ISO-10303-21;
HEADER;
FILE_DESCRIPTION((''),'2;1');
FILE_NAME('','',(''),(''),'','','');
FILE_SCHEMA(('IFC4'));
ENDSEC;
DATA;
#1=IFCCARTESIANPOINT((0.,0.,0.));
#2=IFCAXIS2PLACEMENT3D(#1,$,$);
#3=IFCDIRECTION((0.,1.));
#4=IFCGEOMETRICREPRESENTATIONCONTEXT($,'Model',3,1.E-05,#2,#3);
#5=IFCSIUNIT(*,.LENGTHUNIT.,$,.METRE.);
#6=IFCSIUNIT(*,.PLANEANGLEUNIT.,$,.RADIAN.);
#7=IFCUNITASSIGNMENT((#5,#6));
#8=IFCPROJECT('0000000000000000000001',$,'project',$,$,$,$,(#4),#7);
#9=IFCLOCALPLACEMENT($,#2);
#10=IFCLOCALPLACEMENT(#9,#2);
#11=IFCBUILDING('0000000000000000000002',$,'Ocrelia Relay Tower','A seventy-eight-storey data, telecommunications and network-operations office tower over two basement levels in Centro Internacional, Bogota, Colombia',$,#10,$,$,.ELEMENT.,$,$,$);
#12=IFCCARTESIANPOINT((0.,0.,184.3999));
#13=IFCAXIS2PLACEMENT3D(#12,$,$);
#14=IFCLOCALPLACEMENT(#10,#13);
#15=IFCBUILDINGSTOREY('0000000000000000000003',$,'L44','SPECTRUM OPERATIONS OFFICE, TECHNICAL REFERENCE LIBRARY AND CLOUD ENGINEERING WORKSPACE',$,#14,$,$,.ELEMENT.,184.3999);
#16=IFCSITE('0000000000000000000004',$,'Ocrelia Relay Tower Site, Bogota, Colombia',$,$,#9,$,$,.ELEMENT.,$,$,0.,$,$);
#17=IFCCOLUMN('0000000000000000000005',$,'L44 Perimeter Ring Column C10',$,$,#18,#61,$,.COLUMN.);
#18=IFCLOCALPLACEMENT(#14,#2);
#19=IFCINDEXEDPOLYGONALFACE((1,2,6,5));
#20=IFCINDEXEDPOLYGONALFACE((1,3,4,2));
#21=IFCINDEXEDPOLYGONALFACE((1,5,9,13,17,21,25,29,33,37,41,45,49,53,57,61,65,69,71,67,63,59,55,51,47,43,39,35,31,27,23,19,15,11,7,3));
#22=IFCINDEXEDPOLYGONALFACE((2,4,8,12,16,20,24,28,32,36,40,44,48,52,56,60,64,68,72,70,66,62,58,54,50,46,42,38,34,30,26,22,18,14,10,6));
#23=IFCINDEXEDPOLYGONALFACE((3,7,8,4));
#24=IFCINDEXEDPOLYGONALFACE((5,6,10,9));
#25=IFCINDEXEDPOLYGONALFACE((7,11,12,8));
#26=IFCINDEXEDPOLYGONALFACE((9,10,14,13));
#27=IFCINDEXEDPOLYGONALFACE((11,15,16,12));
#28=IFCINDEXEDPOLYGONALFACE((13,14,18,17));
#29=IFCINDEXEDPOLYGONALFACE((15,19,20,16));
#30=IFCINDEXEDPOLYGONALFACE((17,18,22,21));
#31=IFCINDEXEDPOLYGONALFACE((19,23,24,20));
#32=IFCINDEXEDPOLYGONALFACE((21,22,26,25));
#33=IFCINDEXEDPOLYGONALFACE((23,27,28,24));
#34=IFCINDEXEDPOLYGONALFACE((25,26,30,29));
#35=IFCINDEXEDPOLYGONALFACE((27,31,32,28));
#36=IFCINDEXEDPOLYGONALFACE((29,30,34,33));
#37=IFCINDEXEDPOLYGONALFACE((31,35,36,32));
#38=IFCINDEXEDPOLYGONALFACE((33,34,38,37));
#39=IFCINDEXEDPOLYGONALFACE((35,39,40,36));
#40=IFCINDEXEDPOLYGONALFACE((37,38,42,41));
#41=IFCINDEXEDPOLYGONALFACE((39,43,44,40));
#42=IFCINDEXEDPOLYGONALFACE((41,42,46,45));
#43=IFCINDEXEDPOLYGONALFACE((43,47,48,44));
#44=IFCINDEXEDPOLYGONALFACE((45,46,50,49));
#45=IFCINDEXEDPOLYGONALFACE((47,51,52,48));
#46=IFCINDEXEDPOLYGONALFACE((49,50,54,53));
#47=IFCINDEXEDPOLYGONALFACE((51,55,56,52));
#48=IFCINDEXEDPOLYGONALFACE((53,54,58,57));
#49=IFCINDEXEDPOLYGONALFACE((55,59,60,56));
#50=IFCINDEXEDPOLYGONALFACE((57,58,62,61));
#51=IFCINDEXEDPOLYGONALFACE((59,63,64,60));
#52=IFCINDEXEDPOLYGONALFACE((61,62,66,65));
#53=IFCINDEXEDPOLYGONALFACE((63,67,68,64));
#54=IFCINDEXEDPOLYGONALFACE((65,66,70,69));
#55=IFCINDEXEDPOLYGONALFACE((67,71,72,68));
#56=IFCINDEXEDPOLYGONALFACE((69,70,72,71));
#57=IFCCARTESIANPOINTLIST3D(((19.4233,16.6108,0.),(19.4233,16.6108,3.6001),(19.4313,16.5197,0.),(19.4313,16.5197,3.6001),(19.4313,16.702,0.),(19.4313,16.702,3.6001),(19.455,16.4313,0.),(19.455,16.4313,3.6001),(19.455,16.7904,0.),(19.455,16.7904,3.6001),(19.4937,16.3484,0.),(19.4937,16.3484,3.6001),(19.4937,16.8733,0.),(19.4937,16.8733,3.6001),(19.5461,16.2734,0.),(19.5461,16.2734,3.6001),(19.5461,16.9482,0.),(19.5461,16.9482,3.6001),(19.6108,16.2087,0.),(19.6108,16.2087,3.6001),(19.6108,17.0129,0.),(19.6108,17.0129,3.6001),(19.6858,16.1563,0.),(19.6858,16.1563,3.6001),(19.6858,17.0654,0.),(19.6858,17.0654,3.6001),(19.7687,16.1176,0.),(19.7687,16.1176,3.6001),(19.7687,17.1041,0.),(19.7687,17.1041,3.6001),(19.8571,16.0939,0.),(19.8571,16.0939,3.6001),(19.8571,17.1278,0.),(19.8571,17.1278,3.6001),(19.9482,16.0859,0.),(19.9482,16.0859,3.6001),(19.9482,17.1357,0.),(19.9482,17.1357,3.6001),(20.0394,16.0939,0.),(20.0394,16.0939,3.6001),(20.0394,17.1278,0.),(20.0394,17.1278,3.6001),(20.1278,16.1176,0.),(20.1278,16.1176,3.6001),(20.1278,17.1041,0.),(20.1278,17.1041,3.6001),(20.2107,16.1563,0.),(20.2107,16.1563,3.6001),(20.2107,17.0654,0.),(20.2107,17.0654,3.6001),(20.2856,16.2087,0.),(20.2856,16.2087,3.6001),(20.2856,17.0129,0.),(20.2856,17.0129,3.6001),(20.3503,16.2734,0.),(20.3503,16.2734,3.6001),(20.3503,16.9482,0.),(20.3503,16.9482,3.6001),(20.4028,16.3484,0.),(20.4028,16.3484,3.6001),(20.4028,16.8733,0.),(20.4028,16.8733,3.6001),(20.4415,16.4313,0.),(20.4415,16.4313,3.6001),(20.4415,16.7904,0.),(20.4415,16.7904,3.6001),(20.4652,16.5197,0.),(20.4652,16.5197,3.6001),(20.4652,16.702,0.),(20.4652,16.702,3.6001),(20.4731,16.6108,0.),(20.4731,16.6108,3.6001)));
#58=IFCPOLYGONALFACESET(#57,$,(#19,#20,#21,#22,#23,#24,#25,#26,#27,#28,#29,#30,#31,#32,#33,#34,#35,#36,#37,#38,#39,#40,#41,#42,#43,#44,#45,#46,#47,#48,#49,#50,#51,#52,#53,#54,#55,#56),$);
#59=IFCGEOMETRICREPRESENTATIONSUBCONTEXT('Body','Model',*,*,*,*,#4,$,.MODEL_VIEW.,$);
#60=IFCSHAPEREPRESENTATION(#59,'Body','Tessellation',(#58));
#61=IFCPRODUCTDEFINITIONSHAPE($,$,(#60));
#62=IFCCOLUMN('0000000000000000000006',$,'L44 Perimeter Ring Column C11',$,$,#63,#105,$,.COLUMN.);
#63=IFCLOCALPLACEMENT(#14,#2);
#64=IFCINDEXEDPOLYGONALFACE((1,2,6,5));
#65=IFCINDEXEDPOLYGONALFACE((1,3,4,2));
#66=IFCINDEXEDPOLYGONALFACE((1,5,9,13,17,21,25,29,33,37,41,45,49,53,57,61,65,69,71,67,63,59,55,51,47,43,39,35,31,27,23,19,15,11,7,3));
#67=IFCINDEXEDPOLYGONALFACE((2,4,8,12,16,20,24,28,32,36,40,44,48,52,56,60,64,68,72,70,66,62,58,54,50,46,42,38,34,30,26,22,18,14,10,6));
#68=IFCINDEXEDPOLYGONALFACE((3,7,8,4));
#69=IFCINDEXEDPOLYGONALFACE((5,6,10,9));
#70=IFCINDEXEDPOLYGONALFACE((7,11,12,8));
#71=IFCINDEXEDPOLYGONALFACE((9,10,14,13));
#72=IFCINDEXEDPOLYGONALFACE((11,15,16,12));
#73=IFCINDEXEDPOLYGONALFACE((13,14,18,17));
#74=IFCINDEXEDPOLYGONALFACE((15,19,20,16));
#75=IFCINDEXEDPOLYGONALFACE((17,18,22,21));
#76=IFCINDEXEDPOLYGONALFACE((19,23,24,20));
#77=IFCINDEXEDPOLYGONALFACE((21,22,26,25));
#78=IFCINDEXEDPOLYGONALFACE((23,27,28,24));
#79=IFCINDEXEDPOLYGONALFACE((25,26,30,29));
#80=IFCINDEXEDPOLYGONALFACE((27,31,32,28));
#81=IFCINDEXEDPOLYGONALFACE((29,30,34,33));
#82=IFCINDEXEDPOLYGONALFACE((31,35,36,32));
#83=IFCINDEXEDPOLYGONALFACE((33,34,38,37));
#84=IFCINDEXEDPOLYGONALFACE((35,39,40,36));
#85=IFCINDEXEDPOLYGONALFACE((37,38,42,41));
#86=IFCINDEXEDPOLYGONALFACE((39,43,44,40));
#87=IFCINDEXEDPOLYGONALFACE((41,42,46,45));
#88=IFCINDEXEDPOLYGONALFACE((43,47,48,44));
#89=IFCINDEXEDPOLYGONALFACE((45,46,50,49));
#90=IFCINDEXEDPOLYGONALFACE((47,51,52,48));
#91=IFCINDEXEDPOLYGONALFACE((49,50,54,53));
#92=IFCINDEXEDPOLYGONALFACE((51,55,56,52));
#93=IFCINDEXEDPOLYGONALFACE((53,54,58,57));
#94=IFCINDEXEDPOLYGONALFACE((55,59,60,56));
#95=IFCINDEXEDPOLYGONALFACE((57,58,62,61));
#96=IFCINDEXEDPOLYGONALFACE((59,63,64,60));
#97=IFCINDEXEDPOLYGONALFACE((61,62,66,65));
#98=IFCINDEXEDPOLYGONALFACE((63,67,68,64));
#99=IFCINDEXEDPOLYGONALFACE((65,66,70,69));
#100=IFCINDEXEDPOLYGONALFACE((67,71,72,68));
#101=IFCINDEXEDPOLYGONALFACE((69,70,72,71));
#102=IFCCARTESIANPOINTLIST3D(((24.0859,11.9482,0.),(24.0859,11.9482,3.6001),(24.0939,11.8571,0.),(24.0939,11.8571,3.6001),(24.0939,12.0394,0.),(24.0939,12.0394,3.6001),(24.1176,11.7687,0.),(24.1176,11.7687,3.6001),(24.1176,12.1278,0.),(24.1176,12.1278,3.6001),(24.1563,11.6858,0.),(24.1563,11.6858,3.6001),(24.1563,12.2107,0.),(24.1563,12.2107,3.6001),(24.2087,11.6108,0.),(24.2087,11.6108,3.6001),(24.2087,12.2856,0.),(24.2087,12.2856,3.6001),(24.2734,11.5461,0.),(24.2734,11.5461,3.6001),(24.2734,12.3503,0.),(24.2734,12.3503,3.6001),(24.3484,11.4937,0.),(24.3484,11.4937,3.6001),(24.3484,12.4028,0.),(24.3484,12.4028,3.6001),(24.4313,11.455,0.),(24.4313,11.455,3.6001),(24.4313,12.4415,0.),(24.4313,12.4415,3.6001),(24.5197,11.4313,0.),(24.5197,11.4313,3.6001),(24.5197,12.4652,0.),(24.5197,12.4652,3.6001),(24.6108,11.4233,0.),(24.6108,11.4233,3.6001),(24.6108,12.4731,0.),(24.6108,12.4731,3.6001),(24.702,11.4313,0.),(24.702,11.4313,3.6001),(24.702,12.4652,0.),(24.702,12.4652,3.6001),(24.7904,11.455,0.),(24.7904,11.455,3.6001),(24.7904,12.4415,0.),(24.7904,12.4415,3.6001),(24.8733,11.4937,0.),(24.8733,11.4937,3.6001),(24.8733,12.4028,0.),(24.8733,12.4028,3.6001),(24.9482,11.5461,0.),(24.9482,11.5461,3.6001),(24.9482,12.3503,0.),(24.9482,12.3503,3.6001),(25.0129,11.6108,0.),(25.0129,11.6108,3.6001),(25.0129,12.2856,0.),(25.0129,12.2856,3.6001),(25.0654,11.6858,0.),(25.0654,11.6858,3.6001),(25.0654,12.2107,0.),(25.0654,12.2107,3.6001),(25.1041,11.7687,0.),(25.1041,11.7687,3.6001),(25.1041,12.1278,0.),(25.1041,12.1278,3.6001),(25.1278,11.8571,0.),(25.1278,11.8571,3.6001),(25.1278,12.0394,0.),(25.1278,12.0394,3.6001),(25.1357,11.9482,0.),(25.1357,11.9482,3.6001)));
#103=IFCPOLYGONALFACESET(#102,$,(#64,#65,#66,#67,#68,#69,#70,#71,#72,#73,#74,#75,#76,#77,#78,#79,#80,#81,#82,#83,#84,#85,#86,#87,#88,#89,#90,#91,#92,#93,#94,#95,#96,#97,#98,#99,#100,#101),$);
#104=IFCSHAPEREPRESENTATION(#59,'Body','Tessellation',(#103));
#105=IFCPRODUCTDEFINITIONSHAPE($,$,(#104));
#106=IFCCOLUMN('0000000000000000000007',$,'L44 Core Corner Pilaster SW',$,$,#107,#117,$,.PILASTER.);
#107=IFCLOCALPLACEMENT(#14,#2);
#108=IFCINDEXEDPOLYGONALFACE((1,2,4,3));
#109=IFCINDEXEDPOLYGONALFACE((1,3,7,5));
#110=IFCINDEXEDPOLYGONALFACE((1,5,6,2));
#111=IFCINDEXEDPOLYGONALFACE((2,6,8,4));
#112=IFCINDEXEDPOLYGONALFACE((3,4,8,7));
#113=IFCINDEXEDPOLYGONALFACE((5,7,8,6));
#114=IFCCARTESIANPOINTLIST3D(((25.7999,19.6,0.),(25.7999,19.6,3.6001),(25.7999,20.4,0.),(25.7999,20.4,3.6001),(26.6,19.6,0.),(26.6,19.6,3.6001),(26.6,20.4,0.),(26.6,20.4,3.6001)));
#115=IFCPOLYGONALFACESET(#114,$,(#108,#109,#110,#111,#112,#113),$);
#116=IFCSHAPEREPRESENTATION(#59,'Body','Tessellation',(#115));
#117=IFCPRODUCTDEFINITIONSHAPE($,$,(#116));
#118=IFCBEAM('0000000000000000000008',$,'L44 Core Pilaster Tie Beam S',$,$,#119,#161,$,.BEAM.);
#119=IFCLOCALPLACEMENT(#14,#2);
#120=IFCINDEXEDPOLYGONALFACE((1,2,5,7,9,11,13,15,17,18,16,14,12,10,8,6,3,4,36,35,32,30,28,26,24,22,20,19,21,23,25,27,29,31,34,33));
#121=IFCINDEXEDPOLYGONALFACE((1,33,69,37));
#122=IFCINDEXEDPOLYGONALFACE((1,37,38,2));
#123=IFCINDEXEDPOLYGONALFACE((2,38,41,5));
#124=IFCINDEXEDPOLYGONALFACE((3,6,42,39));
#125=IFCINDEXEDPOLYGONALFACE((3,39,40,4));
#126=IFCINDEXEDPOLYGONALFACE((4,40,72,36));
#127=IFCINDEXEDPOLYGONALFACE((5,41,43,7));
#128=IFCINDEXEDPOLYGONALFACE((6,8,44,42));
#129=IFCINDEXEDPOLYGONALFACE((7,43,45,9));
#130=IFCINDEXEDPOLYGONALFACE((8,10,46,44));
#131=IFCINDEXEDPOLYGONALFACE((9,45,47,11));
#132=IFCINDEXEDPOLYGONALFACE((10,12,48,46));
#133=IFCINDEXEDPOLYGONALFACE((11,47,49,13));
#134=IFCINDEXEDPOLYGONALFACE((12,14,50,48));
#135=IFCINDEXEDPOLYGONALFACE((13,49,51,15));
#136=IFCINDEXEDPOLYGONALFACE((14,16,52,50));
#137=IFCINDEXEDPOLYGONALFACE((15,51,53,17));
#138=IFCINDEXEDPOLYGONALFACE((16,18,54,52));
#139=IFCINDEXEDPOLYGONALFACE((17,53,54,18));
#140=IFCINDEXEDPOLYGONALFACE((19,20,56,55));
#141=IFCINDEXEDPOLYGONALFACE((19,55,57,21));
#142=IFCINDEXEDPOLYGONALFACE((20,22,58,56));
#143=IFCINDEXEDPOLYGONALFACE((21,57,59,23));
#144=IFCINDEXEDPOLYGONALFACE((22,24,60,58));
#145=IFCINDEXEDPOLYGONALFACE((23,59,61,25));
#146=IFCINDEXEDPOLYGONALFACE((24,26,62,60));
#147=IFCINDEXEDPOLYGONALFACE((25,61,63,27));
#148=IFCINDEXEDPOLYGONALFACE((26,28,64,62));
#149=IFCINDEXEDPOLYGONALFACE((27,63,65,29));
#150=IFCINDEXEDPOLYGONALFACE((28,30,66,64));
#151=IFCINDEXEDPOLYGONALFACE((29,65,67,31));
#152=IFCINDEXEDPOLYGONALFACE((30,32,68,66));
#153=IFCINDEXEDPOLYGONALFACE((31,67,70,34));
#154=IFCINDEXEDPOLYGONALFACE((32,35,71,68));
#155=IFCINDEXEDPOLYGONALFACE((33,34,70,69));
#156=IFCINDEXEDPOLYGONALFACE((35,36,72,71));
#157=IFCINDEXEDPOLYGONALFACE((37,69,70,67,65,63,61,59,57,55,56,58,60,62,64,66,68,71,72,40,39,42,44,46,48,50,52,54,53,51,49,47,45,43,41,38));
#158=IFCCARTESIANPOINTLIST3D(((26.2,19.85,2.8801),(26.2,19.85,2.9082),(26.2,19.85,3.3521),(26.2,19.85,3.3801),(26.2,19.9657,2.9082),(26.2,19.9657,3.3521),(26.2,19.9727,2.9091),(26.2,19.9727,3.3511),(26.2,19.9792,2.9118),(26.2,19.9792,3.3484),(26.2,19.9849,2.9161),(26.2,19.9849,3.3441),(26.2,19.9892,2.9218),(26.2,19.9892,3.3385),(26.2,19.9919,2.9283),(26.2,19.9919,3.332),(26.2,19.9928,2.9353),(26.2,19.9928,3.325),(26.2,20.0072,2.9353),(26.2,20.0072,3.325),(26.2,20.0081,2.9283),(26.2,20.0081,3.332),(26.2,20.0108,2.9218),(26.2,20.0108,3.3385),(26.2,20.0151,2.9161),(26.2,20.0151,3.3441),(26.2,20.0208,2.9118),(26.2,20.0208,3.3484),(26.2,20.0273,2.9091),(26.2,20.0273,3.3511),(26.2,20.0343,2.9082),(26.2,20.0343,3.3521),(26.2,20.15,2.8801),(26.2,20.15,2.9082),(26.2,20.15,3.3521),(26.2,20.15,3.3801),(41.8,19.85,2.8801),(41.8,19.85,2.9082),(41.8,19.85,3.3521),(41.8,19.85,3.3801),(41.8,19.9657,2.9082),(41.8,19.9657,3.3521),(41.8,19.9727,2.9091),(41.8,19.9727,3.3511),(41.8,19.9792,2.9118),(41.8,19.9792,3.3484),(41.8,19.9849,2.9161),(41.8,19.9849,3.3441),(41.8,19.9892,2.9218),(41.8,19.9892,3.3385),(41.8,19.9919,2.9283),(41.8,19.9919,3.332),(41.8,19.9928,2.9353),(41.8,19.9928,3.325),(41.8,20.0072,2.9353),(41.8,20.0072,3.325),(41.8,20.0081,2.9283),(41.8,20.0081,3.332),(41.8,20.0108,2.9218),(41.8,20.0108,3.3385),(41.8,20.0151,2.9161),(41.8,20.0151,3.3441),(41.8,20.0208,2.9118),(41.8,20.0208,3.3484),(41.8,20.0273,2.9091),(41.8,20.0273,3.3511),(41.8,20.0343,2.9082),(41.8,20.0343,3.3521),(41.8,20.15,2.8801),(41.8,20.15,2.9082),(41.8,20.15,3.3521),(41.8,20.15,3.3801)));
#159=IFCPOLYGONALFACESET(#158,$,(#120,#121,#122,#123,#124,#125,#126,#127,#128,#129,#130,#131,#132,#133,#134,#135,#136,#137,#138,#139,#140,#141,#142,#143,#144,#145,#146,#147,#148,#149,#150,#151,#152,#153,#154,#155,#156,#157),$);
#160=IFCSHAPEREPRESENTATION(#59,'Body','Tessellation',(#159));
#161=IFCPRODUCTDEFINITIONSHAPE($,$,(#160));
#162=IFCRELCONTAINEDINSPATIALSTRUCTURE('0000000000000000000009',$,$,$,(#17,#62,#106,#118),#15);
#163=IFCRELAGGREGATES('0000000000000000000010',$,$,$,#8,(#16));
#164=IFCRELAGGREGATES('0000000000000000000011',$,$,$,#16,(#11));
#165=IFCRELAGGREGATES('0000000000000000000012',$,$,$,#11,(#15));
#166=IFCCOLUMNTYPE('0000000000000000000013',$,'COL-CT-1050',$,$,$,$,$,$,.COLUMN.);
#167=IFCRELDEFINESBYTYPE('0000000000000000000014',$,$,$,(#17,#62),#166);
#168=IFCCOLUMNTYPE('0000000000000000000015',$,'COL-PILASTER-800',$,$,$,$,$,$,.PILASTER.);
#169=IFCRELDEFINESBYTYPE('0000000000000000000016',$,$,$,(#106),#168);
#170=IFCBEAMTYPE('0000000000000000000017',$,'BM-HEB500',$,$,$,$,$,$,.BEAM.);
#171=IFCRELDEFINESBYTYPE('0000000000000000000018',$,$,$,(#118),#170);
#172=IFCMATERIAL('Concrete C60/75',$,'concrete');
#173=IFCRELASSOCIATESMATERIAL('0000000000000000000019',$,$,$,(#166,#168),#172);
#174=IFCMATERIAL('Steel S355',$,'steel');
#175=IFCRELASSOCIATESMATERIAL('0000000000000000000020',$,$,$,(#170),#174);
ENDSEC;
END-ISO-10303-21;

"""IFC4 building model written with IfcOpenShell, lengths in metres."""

from ifc_helpers import new_model, si_unit, direction, frame, origin, origin_2d, place, context, subcontext, project, spatial, rectangle, circle, i_section, extrude, material, material_profile, profile_set, type_object, element, save


model = new_model("IFC4")

# Units and contexts
model_context = context("Model", 3, precision=1e-05, world=origin(), true_north=direction((0.0, 1.0)))
body_context = subcontext(model_context, "Body", "Model", "MODEL_VIEW")
ifc_project = project(units=[si_unit("LENGTHUNIT", "METRE"), si_unit("PLANEANGLEUNIT", "RADIAN")], contexts=[model_context])

# Site, building, storey
site_placement = place(None, origin())
site = spatial("IfcSite", under=ifc_project, at=site_placement, Name="Ocrelia Relay Tower Site, Bogota, Colombia", CompositionType="ELEMENT", RefElevation=0.0)
building_placement = place(site_placement, origin())
building = spatial("IfcBuilding", under=site, at=building_placement, Name="Ocrelia Relay Tower", Description="A seventy-eight-storey data, telecommunications and network-operations office tower over two basement levels in Centro Internacional, Bogota, Colombia", CompositionType="ELEMENT")
storey_placement = place(building_placement, frame((0.0, 0.0, 184.3999)))
storey = spatial("IfcBuildingStorey", under=building, at=storey_placement, Name="L44", Description="SPECTRUM OPERATIONS OFFICE, TECHNICAL REFERENCE LIBRARY AND CLOUD ENGINEERING WORKSPACE", CompositionType="ELEMENT", Elevation=184.3999)

# Columns
ifc_material_1 = material(Name="Concrete C60/75", Category="concrete")
ifc_material_profile_1 = material_profile(ifc_material_1, circle(Radius=0.5249, at=origin_2d()), Name="RC-CIR-1050")
ifc_profile_set_1 = profile_set([ifc_material_profile_1], Name="Concrete C60/75")
column_type_1 = type_object("IfcColumnType", Name="COL-CT-1050", PredefinedType="COLUMN", material=ifc_profile_set_1)
for number, where, z_axis, x_axis, name in (
    (1, (19.9482, 16.6108, 0.0), (0.0, 0.0, 1.0), (1.0, 0.0, 0.0), "L44 Perimeter Ring Column C10"),
    (2, (24.6108, 11.9482, 0.0), (0.0, 0.0, 1.0), (1.0, 0.0, 0.0), "L44 Perimeter Ring Column C11"),
):
    element("IfcColumn", number, at=place(storey_placement, frame(where, z_axis=z_axis, x_axis=x_axis)), inside=storey, type_object=column_type_1, Name=name, PredefinedType="COLUMN", context=body_context, shape_type="SweptSolid", body=[
        extrude(circle(Radius=0.5249, at=origin_2d()), origin(), (0.0, 0.0, 1.0), 3.6001),
    ])
ifc_material_profile_2 = material_profile(ifc_material_1, rectangle(XDim=0.8, YDim=0.8, at=origin_2d()), Name="RC-COL-800x800")
ifc_profile_set_2 = profile_set([ifc_material_profile_2], Name="Concrete C60/75")
column_type_2 = type_object("IfcColumnType", Name="COL-PILASTER-800", PredefinedType="PILASTER", material=ifc_profile_set_2)
column_placement = place(storey_placement, frame((26.2, 20.0, 0.0), z_axis=(0.0, 0.0, 1.0), x_axis=(1.0, 0.0, 0.0)))
element("IfcColumn", 3, at=column_placement, inside=storey, type_object=column_type_2, Name="L44 Core Corner Pilaster SW", PredefinedType="PILASTER", context=body_context, shape_type="SweptSolid", body=[
    extrude(rectangle(XDim=0.8, YDim=0.8, at=origin_2d()), origin(), (0.0, 0.0, 1.0), 3.6001),
])

# Beam
ifc_material_2 = material(Name="Steel S355", Category="steel")
ifc_material_profile_3 = material_profile(ifc_material_2, i_section(OverallWidth=0.3, OverallDepth=0.5, WebThickness=0.0144, FlangeThickness=0.0281, FilletRadius=0.0271, at=origin_2d()), Name="HEB 500")
ifc_profile_set_3 = profile_set([ifc_material_profile_3], Name="Steel S355")
beam_type_1 = type_object("IfcBeamType", Name="BM-HEB500", PredefinedType="BEAM", material=ifc_profile_set_3)
beam_1_placement = place(storey_placement, frame((26.2, 20.0, 3.1301), z_axis=(1.0, 0.0, 0.0), x_axis=(0.0, 1.0, 0.0)))
element("IfcBeam", 4, at=beam_1_placement, inside=storey, type_object=beam_type_1, Name="L44 Core Pilaster Tie Beam S", PredefinedType="BEAM", context=body_context, shape_type="SweptSolid", body=[
    extrude(i_section(OverallWidth=0.3, OverallDepth=0.5, WebThickness=0.0144, FlangeThickness=0.0281, FilletRadius=0.0271, at=origin_2d()), origin(), (0.0, 0.0, 1.0), 15.6001),
])

save(model, "model.ifc")
